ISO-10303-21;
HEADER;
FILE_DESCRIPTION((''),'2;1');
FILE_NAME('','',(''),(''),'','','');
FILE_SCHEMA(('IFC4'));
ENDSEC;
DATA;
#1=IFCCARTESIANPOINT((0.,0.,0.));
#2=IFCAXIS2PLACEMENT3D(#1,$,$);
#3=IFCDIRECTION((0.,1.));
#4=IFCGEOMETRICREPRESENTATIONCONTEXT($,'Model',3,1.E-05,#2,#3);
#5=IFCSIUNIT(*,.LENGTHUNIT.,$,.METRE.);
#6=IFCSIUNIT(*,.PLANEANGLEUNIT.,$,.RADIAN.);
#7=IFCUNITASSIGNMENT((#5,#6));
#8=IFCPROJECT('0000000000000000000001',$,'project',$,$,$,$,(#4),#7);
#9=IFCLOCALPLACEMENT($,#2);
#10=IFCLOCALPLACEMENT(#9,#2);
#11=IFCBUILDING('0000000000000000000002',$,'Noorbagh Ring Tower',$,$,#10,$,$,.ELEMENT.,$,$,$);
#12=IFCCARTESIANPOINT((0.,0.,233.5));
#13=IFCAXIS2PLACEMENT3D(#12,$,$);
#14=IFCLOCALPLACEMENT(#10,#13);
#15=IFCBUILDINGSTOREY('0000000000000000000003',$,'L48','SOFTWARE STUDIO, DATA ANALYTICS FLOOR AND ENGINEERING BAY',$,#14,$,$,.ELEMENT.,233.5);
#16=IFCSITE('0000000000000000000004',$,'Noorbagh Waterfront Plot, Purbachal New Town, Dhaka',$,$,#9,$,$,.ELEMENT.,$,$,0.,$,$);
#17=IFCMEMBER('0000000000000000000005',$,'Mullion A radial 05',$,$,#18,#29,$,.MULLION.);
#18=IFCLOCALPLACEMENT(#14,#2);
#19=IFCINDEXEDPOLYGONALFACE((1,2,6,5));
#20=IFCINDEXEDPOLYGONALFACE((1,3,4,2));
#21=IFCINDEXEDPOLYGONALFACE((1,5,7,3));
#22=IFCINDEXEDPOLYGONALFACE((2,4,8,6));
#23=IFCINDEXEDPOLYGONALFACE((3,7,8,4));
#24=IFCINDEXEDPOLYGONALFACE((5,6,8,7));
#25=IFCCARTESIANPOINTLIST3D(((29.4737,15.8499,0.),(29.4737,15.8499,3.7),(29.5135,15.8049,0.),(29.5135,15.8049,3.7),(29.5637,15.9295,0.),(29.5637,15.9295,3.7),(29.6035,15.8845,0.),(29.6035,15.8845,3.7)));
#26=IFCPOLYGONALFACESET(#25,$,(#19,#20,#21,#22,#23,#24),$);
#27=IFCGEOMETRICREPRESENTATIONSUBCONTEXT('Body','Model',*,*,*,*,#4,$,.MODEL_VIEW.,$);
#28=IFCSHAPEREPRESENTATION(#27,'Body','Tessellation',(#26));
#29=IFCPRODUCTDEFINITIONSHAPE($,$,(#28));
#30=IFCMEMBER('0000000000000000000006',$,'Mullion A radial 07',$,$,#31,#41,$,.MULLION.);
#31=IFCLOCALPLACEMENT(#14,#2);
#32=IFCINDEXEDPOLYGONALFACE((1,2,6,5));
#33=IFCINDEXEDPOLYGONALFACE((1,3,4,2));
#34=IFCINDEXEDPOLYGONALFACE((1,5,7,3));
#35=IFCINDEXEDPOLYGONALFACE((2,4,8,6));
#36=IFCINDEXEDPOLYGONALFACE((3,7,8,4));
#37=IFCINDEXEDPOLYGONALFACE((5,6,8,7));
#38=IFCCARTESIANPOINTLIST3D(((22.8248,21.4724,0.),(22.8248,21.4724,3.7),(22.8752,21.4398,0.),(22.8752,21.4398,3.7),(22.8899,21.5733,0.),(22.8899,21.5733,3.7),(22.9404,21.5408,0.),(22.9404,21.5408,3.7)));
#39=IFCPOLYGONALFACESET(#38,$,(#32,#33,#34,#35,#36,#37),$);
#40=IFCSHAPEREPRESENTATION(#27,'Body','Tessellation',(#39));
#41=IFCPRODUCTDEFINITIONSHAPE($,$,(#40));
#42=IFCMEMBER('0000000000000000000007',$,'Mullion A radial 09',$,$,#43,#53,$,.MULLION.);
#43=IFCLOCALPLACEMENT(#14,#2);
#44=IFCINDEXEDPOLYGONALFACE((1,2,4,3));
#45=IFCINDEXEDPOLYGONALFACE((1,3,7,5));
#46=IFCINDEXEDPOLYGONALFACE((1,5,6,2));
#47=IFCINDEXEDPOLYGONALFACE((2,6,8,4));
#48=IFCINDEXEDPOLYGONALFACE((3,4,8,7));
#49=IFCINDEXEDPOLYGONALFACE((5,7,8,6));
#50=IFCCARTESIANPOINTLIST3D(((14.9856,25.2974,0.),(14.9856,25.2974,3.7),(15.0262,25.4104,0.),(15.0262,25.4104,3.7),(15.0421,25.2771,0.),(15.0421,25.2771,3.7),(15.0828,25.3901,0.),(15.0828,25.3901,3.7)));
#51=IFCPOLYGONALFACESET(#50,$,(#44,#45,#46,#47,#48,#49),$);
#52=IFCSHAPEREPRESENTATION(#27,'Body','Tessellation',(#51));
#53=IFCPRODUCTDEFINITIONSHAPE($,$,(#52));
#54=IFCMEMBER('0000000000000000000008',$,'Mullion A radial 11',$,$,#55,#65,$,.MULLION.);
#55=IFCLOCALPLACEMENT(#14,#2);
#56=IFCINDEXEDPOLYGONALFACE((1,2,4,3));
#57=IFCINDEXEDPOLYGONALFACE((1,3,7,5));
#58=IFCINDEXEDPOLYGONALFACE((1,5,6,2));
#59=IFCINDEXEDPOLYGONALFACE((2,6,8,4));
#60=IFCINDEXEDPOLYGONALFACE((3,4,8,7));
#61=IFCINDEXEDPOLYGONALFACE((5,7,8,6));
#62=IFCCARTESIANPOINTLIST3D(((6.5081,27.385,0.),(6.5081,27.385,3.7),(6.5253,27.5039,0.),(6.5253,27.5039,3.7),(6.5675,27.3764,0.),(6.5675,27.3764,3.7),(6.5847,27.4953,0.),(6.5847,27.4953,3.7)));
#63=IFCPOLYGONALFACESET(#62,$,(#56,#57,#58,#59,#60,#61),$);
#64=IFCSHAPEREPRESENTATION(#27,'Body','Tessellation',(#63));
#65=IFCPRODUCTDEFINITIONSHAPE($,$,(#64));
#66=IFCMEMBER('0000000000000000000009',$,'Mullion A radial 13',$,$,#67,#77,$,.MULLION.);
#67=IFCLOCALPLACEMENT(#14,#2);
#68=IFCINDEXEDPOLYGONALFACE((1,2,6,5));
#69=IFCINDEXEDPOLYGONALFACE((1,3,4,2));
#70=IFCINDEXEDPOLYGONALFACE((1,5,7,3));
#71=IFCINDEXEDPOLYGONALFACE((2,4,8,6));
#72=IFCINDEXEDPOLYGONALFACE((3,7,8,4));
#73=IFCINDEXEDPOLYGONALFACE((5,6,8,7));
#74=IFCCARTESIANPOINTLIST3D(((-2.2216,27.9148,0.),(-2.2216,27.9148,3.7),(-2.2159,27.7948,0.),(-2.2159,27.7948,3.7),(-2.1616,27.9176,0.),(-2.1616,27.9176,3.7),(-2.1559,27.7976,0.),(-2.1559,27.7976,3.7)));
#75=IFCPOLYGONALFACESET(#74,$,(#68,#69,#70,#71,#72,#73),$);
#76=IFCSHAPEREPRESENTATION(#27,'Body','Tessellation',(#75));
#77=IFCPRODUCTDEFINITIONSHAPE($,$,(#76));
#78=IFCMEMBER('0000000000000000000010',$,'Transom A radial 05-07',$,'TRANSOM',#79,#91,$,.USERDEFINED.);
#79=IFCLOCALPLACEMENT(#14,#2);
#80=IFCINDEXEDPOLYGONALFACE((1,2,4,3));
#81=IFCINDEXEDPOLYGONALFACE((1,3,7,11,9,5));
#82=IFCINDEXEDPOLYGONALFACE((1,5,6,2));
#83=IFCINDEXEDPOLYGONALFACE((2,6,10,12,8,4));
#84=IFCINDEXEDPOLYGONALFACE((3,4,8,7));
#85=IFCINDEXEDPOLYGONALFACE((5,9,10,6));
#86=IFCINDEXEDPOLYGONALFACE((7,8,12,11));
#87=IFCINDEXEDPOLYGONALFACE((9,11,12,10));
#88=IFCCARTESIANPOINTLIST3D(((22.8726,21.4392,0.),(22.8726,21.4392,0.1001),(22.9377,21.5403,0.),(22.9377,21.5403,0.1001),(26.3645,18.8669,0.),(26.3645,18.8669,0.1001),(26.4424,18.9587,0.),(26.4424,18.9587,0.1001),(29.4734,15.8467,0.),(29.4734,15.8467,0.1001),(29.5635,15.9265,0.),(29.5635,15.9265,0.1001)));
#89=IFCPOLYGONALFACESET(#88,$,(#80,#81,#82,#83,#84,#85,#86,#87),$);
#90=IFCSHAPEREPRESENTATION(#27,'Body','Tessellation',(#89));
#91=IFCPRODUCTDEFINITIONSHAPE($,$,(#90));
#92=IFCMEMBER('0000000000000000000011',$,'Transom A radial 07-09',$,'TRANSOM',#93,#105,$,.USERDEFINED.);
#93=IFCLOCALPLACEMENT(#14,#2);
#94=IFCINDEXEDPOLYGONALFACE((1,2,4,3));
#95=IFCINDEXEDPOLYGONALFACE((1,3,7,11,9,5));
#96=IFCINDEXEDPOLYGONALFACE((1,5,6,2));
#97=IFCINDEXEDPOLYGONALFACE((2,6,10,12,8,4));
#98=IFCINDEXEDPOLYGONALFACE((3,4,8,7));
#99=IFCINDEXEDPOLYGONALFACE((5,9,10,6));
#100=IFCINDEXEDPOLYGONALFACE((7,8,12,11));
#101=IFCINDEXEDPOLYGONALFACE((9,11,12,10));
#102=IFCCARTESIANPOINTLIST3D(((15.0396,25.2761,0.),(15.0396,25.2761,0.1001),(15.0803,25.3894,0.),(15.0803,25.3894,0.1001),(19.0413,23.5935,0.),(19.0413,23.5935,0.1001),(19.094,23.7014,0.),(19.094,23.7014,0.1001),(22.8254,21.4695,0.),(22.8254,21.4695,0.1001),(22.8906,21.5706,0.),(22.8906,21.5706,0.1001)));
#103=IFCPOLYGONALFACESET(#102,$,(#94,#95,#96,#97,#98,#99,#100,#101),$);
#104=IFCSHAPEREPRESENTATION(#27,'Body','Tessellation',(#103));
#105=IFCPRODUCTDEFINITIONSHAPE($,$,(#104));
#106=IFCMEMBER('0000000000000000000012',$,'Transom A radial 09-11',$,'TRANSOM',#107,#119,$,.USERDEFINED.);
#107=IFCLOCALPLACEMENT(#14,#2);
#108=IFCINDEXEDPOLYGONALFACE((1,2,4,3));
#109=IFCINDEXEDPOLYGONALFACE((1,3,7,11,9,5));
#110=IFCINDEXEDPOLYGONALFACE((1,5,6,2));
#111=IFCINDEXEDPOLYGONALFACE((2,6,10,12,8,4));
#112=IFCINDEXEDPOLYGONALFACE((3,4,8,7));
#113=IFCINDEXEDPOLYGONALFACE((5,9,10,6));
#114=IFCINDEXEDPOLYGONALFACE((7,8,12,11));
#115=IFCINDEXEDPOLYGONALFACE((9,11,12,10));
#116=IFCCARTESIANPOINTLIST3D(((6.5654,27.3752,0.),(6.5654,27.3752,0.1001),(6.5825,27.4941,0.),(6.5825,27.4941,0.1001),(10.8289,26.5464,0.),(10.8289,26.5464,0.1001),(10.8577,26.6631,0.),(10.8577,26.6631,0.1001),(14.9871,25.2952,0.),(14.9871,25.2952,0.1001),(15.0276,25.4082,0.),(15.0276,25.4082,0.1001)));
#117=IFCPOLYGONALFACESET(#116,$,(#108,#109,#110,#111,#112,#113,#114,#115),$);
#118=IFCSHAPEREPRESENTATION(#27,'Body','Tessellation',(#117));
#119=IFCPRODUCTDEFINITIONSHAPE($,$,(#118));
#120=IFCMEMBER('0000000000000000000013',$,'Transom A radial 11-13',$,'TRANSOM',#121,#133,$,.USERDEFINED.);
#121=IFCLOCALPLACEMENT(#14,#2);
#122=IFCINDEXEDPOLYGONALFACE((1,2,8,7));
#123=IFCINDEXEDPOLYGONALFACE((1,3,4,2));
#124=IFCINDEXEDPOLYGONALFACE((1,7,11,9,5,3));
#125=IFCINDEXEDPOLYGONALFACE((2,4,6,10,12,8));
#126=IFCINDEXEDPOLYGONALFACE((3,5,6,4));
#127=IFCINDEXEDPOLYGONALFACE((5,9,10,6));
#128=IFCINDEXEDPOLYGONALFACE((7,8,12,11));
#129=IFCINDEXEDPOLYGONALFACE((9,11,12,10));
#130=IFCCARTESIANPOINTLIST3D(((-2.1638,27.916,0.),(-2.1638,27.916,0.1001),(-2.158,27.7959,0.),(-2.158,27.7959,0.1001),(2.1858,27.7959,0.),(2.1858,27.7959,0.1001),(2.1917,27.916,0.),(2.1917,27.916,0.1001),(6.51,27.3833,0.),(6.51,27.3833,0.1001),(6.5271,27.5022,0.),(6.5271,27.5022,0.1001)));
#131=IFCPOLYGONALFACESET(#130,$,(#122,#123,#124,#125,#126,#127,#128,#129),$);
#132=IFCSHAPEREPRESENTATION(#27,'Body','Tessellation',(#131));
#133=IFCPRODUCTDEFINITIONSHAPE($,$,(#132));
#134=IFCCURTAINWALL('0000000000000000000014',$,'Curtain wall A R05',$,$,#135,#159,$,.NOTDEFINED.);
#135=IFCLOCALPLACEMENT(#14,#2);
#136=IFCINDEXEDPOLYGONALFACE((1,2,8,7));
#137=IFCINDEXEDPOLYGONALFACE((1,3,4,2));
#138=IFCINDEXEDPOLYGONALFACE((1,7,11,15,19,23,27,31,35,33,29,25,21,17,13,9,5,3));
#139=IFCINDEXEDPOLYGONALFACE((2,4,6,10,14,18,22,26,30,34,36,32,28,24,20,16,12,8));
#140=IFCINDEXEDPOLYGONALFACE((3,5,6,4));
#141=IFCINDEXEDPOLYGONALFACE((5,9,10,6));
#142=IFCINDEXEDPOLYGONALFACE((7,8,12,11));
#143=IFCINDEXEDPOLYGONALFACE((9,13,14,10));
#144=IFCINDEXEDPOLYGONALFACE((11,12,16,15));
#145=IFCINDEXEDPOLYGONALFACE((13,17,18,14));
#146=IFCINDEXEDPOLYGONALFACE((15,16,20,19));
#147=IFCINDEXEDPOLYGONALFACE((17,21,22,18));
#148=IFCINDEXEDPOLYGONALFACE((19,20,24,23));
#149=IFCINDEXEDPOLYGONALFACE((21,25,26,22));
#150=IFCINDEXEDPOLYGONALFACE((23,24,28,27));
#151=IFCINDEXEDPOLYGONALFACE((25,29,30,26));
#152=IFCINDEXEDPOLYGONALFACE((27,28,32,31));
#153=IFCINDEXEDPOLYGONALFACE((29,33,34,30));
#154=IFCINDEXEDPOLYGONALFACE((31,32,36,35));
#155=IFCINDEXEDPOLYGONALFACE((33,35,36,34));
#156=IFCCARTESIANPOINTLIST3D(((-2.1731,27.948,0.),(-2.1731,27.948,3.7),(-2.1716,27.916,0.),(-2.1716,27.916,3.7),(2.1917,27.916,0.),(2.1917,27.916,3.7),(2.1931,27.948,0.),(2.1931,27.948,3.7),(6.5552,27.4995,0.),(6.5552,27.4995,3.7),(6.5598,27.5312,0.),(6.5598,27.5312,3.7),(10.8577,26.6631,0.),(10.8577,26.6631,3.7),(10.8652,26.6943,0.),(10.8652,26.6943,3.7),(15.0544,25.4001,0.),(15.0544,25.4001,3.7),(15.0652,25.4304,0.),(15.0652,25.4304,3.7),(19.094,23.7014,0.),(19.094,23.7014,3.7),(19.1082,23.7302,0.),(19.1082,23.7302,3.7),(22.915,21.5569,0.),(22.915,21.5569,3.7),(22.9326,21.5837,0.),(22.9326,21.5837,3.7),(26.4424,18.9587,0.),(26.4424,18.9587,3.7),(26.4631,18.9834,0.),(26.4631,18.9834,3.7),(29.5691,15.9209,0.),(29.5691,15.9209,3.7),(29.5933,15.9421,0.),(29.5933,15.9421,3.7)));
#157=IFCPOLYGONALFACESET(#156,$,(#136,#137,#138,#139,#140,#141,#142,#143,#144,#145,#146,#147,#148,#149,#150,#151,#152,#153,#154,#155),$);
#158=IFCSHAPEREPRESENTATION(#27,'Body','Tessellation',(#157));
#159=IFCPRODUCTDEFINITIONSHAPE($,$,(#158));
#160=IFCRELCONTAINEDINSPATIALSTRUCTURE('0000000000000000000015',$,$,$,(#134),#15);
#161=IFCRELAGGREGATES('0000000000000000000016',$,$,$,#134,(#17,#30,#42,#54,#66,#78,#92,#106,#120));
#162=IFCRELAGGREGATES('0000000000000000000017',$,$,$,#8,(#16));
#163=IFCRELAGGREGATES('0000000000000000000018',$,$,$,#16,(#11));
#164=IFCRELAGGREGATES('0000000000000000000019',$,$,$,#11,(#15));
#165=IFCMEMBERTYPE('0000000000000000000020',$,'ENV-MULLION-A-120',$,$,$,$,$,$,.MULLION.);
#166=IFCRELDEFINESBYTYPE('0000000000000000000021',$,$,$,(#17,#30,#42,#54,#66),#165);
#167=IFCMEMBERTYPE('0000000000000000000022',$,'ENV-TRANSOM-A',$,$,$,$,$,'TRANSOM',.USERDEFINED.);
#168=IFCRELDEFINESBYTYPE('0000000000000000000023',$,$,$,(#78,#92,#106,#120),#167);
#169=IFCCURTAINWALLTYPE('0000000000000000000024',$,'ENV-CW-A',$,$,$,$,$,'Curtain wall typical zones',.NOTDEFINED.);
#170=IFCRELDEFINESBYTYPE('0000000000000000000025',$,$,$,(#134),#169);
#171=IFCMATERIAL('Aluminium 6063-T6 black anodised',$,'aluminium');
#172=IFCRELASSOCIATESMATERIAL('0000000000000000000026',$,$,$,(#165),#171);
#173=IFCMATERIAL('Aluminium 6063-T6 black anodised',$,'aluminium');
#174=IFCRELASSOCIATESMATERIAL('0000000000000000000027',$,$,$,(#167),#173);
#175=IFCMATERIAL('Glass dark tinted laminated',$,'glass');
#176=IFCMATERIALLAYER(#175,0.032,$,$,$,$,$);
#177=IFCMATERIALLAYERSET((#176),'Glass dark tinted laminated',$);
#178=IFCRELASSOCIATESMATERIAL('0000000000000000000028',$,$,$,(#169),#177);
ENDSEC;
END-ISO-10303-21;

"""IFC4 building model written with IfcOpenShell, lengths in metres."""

from ifc_helpers import new_model, si_unit, direction, frame, origin, origin_2d, place, context, subcontext, project, spatial, polyline, rectangle, outline, extrude, material, layer, layer_set, material_profile, profile_set, type_object, element, aggregate, save


model = new_model("IFC4")

# Units and contexts
model_context = context("Model", 3, precision=1e-05, world=origin(), true_north=direction((0.0, 1.0)))
body_context = subcontext(model_context, "Body", "Model", "MODEL_VIEW")
ifc_project = project(units=[si_unit("LENGTHUNIT", "METRE"), si_unit("PLANEANGLEUNIT", "RADIAN")], contexts=[model_context])

# Members
ifc_material_1 = material(Name="Aluminium 6063-T6 black anodised", Category="aluminium")
ifc_material_profile = material_profile(ifc_material_1, rectangle(XDim=0.1201, YDim=0.0601, at=origin_2d()), Name="120x60")
ifc_profile_set = profile_set([ifc_material_profile], Name="Aluminium 6063-T6 black anodised")
member_type_1 = type_object("IfcMemberType", Name="ENV-MULLION-A-120", PredefinedType="MULLION", material=ifc_profile_set)
site_placement = place(None, origin())
building_placement = place(site_placement, origin())
storey_placement = place(building_placement, frame((0.0, 0.0, 233.5)))
member_1_placement = place(storey_placement, frame((29.5386, 15.8672, 0.0), z_axis=(0.0, 0.0, 1.0), x_axis=(-0.749047, -0.662517, 0.0)))
member_1 = element("IfcMember", 1, at=member_1_placement, type_object=member_type_1, Name="Mullion A radial 05", PredefinedType="MULLION", context=body_context, shape_type="SweptSolid", body=[
    extrude(rectangle(XDim=0.1201, YDim=0.0601, at=origin_2d()), origin(), (0.0, 0.0, 1.0), 3.7),
])
member_2_placement = place(storey_placement, frame((22.8826, 21.5066, 0.0), z_axis=(0.0, 0.0, 1.0), x_axis=(-0.542279, -0.840198, 0.0)))
member_2 = element("IfcMember", 2, at=member_2_placement, type_object=member_type_1, Name="Mullion A radial 07", PredefinedType="MULLION", context=body_context, shape_type="SweptSolid", body=[
    extrude(rectangle(XDim=0.1201, YDim=0.0601, at=origin_2d()), origin(), (0.0, 0.0, 1.0), 3.7),
])
member_3_placement = place(storey_placement, frame((15.0342, 25.3438, 0.0), z_axis=(0.0, 0.0, 1.0), x_axis=(-0.338379, -0.94101, 0.0)))
member_3 = element("IfcMember", 3, at=member_3_placement, type_object=member_type_1, Name="Mullion A radial 09", PredefinedType="MULLION", context=body_context, shape_type="SweptSolid", body=[
    extrude(rectangle(XDim=0.1201, YDim=0.0601, at=origin_2d()), origin(), (0.0, 0.0, 1.0), 3.7),
])
member_4_placement = place(storey_placement, frame((6.5464, 27.4402, 0.0), z_axis=(0.0, 0.0, 1.0), x_axis=(-0.143082, -0.989711, 0.0)))
member_4 = element("IfcMember", 4, at=member_4_placement, type_object=member_type_1, Name="Mullion A radial 11", PredefinedType="MULLION", context=body_context, shape_type="SweptSolid", body=[
    extrude(rectangle(XDim=0.1201, YDim=0.0601, at=origin_2d()), origin(), (0.0, 0.0, 1.0), 3.7),
])
member_5_placement = place(storey_placement, frame((-2.1887, 27.8562, 0.0), z_axis=(0.0, 0.0, 1.0), x_axis=(0.047558, -0.998868, 0.0)))
member_5 = element("IfcMember", 5, at=member_5_placement, type_object=member_type_1, Name="Mullion A radial 13", PredefinedType="MULLION", context=body_context, shape_type="SweptSolid", body=[
    extrude(rectangle(XDim=0.1201, YDim=0.0601, at=origin_2d()), origin(), (0.0, 0.0, 1.0), 3.7),
])
ifc_material_2 = material(Name="Aluminium 6063-T6 black anodised", Category="aluminium")
member_type_2 = type_object("IfcMemberType", Name="ENV-TRANSOM-A", ElementType="TRANSOM", PredefinedType="USERDEFINED", material=ifc_material_2)
member_6_placement = place(storey_placement, origin())
member_6 = element("IfcMember", 6, at=member_6_placement, type_object=member_type_2, Name="Transom A radial 05-07", ObjectType="TRANSOM", PredefinedType="USERDEFINED", context=body_context, shape_type="SweptSolid", body=[
    extrude(outline(polyline([(29.5635, 15.9265), (26.4424, 18.9587), (22.9377, 21.5403), (22.8726, 21.4392), (26.3645, 18.8669), (29.4734, 15.8467), (29.5635, 15.9265)])), origin(), (0.0, 0.0, 1.0), 0.1001),
])
member_7_placement = place(storey_placement, origin())
member_7 = element("IfcMember", 7, at=member_7_placement, type_object=member_type_2, Name="Transom A radial 07-09", ObjectType="TRANSOM", PredefinedType="USERDEFINED", context=body_context, shape_type="SweptSolid", body=[
    extrude(outline(polyline([(22.8906, 21.5706), (19.094, 23.7014), (15.0803, 25.3894), (15.0396, 25.2761), (19.0413, 23.5935), (22.8254, 21.4695), (22.8906, 21.5706)])), origin(), (0.0, 0.0, 1.0), 0.1001),
])
member_8_placement = place(storey_placement, origin())
member_8 = element("IfcMember", 8, at=member_8_placement, type_object=member_type_2, Name="Transom A radial 09-11", ObjectType="TRANSOM", PredefinedType="USERDEFINED", context=body_context, shape_type="SweptSolid", body=[
    extrude(outline(polyline([(15.0276, 25.4082), (10.8577, 26.6631), (6.5825, 27.4941), (6.5654, 27.3752), (10.8289, 26.5464), (14.9871, 25.2952), (15.0276, 25.4082)])), origin(), (0.0, 0.0, 1.0), 0.1001),
])
member_9_placement = place(storey_placement, origin())
member_9 = element("IfcMember", 9, at=member_9_placement, type_object=member_type_2, Name="Transom A radial 11-13", ObjectType="TRANSOM", PredefinedType="USERDEFINED", context=body_context, shape_type="SweptSolid", body=[
    extrude(outline(polyline([(6.5271, 27.5022), (2.1917, 27.916), (-2.1638, 27.916), (-2.158, 27.7959), (2.1858, 27.7959), (6.51, 27.3833), (6.5271, 27.5022)])), origin(), (0.0, 0.0, 1.0), 0.1001),
])

# Site, building, storey
site = spatial("IfcSite", under=ifc_project, at=site_placement, Name="Noorbagh Waterfront Plot, Purbachal New Town, Dhaka", CompositionType="ELEMENT", RefElevation=0.0)
building = spatial("IfcBuilding", under=site, at=building_placement, Name="Noorbagh Ring Tower", CompositionType="ELEMENT")
storey = spatial("IfcBuildingStorey", under=building, at=storey_placement, Name="L48", Description="SOFTWARE STUDIO, DATA ANALYTICS FLOOR AND ENGINEERING BAY", CompositionType="ELEMENT", Elevation=233.5)

# Curtain wall
ifc_material_3 = material(Name="Glass dark tinted laminated", Category="glass")
ifc_layer_1 = layer(ifc_material_3, 0.032)
ifc_layer_set_1 = layer_set([ifc_layer_1], Name="Glass dark tinted laminated")
curtain_wall_type = type_object("IfcCurtainWallType", Name="ENV-CW-A", ElementType="Curtain wall typical zones", PredefinedType="NOTDEFINED", material=ifc_layer_set_1)
curtain_wall_1_placement = place(storey_placement, origin())
curtain_wall_1 = element("IfcCurtainWall", 10, at=curtain_wall_1_placement, inside=storey, type_object=curtain_wall_type, Name="Curtain wall A R05", PredefinedType="NOTDEFINED", context=body_context, shape_type="SweptSolid", body=[
    extrude(outline(polyline([(29.5933, 15.9421), (26.4631, 18.9834), (22.9326, 21.5837), (19.1082, 23.7302), (15.0652, 25.4304), (10.8652, 26.6943), (6.5598, 27.5312), (2.1931, 27.948), (-2.1731, 27.948), (-2.1716, 27.916), (2.1917, 27.916), (6.5552, 27.4995), (10.8577, 26.6631), (15.0544, 25.4001), (19.094, 23.7014), (22.915, 21.5569), (26.4424, 18.9587), (29.5691, 15.9209), (29.5933, 15.9421)])), origin(), (0.0, 0.0, 1.0), 3.7),
])
aggregate(curtain_wall_1, [member_1, member_2, member_3, member_4, member_5, member_6, member_7, member_8, member_9])

save(model, "model.ifc")
